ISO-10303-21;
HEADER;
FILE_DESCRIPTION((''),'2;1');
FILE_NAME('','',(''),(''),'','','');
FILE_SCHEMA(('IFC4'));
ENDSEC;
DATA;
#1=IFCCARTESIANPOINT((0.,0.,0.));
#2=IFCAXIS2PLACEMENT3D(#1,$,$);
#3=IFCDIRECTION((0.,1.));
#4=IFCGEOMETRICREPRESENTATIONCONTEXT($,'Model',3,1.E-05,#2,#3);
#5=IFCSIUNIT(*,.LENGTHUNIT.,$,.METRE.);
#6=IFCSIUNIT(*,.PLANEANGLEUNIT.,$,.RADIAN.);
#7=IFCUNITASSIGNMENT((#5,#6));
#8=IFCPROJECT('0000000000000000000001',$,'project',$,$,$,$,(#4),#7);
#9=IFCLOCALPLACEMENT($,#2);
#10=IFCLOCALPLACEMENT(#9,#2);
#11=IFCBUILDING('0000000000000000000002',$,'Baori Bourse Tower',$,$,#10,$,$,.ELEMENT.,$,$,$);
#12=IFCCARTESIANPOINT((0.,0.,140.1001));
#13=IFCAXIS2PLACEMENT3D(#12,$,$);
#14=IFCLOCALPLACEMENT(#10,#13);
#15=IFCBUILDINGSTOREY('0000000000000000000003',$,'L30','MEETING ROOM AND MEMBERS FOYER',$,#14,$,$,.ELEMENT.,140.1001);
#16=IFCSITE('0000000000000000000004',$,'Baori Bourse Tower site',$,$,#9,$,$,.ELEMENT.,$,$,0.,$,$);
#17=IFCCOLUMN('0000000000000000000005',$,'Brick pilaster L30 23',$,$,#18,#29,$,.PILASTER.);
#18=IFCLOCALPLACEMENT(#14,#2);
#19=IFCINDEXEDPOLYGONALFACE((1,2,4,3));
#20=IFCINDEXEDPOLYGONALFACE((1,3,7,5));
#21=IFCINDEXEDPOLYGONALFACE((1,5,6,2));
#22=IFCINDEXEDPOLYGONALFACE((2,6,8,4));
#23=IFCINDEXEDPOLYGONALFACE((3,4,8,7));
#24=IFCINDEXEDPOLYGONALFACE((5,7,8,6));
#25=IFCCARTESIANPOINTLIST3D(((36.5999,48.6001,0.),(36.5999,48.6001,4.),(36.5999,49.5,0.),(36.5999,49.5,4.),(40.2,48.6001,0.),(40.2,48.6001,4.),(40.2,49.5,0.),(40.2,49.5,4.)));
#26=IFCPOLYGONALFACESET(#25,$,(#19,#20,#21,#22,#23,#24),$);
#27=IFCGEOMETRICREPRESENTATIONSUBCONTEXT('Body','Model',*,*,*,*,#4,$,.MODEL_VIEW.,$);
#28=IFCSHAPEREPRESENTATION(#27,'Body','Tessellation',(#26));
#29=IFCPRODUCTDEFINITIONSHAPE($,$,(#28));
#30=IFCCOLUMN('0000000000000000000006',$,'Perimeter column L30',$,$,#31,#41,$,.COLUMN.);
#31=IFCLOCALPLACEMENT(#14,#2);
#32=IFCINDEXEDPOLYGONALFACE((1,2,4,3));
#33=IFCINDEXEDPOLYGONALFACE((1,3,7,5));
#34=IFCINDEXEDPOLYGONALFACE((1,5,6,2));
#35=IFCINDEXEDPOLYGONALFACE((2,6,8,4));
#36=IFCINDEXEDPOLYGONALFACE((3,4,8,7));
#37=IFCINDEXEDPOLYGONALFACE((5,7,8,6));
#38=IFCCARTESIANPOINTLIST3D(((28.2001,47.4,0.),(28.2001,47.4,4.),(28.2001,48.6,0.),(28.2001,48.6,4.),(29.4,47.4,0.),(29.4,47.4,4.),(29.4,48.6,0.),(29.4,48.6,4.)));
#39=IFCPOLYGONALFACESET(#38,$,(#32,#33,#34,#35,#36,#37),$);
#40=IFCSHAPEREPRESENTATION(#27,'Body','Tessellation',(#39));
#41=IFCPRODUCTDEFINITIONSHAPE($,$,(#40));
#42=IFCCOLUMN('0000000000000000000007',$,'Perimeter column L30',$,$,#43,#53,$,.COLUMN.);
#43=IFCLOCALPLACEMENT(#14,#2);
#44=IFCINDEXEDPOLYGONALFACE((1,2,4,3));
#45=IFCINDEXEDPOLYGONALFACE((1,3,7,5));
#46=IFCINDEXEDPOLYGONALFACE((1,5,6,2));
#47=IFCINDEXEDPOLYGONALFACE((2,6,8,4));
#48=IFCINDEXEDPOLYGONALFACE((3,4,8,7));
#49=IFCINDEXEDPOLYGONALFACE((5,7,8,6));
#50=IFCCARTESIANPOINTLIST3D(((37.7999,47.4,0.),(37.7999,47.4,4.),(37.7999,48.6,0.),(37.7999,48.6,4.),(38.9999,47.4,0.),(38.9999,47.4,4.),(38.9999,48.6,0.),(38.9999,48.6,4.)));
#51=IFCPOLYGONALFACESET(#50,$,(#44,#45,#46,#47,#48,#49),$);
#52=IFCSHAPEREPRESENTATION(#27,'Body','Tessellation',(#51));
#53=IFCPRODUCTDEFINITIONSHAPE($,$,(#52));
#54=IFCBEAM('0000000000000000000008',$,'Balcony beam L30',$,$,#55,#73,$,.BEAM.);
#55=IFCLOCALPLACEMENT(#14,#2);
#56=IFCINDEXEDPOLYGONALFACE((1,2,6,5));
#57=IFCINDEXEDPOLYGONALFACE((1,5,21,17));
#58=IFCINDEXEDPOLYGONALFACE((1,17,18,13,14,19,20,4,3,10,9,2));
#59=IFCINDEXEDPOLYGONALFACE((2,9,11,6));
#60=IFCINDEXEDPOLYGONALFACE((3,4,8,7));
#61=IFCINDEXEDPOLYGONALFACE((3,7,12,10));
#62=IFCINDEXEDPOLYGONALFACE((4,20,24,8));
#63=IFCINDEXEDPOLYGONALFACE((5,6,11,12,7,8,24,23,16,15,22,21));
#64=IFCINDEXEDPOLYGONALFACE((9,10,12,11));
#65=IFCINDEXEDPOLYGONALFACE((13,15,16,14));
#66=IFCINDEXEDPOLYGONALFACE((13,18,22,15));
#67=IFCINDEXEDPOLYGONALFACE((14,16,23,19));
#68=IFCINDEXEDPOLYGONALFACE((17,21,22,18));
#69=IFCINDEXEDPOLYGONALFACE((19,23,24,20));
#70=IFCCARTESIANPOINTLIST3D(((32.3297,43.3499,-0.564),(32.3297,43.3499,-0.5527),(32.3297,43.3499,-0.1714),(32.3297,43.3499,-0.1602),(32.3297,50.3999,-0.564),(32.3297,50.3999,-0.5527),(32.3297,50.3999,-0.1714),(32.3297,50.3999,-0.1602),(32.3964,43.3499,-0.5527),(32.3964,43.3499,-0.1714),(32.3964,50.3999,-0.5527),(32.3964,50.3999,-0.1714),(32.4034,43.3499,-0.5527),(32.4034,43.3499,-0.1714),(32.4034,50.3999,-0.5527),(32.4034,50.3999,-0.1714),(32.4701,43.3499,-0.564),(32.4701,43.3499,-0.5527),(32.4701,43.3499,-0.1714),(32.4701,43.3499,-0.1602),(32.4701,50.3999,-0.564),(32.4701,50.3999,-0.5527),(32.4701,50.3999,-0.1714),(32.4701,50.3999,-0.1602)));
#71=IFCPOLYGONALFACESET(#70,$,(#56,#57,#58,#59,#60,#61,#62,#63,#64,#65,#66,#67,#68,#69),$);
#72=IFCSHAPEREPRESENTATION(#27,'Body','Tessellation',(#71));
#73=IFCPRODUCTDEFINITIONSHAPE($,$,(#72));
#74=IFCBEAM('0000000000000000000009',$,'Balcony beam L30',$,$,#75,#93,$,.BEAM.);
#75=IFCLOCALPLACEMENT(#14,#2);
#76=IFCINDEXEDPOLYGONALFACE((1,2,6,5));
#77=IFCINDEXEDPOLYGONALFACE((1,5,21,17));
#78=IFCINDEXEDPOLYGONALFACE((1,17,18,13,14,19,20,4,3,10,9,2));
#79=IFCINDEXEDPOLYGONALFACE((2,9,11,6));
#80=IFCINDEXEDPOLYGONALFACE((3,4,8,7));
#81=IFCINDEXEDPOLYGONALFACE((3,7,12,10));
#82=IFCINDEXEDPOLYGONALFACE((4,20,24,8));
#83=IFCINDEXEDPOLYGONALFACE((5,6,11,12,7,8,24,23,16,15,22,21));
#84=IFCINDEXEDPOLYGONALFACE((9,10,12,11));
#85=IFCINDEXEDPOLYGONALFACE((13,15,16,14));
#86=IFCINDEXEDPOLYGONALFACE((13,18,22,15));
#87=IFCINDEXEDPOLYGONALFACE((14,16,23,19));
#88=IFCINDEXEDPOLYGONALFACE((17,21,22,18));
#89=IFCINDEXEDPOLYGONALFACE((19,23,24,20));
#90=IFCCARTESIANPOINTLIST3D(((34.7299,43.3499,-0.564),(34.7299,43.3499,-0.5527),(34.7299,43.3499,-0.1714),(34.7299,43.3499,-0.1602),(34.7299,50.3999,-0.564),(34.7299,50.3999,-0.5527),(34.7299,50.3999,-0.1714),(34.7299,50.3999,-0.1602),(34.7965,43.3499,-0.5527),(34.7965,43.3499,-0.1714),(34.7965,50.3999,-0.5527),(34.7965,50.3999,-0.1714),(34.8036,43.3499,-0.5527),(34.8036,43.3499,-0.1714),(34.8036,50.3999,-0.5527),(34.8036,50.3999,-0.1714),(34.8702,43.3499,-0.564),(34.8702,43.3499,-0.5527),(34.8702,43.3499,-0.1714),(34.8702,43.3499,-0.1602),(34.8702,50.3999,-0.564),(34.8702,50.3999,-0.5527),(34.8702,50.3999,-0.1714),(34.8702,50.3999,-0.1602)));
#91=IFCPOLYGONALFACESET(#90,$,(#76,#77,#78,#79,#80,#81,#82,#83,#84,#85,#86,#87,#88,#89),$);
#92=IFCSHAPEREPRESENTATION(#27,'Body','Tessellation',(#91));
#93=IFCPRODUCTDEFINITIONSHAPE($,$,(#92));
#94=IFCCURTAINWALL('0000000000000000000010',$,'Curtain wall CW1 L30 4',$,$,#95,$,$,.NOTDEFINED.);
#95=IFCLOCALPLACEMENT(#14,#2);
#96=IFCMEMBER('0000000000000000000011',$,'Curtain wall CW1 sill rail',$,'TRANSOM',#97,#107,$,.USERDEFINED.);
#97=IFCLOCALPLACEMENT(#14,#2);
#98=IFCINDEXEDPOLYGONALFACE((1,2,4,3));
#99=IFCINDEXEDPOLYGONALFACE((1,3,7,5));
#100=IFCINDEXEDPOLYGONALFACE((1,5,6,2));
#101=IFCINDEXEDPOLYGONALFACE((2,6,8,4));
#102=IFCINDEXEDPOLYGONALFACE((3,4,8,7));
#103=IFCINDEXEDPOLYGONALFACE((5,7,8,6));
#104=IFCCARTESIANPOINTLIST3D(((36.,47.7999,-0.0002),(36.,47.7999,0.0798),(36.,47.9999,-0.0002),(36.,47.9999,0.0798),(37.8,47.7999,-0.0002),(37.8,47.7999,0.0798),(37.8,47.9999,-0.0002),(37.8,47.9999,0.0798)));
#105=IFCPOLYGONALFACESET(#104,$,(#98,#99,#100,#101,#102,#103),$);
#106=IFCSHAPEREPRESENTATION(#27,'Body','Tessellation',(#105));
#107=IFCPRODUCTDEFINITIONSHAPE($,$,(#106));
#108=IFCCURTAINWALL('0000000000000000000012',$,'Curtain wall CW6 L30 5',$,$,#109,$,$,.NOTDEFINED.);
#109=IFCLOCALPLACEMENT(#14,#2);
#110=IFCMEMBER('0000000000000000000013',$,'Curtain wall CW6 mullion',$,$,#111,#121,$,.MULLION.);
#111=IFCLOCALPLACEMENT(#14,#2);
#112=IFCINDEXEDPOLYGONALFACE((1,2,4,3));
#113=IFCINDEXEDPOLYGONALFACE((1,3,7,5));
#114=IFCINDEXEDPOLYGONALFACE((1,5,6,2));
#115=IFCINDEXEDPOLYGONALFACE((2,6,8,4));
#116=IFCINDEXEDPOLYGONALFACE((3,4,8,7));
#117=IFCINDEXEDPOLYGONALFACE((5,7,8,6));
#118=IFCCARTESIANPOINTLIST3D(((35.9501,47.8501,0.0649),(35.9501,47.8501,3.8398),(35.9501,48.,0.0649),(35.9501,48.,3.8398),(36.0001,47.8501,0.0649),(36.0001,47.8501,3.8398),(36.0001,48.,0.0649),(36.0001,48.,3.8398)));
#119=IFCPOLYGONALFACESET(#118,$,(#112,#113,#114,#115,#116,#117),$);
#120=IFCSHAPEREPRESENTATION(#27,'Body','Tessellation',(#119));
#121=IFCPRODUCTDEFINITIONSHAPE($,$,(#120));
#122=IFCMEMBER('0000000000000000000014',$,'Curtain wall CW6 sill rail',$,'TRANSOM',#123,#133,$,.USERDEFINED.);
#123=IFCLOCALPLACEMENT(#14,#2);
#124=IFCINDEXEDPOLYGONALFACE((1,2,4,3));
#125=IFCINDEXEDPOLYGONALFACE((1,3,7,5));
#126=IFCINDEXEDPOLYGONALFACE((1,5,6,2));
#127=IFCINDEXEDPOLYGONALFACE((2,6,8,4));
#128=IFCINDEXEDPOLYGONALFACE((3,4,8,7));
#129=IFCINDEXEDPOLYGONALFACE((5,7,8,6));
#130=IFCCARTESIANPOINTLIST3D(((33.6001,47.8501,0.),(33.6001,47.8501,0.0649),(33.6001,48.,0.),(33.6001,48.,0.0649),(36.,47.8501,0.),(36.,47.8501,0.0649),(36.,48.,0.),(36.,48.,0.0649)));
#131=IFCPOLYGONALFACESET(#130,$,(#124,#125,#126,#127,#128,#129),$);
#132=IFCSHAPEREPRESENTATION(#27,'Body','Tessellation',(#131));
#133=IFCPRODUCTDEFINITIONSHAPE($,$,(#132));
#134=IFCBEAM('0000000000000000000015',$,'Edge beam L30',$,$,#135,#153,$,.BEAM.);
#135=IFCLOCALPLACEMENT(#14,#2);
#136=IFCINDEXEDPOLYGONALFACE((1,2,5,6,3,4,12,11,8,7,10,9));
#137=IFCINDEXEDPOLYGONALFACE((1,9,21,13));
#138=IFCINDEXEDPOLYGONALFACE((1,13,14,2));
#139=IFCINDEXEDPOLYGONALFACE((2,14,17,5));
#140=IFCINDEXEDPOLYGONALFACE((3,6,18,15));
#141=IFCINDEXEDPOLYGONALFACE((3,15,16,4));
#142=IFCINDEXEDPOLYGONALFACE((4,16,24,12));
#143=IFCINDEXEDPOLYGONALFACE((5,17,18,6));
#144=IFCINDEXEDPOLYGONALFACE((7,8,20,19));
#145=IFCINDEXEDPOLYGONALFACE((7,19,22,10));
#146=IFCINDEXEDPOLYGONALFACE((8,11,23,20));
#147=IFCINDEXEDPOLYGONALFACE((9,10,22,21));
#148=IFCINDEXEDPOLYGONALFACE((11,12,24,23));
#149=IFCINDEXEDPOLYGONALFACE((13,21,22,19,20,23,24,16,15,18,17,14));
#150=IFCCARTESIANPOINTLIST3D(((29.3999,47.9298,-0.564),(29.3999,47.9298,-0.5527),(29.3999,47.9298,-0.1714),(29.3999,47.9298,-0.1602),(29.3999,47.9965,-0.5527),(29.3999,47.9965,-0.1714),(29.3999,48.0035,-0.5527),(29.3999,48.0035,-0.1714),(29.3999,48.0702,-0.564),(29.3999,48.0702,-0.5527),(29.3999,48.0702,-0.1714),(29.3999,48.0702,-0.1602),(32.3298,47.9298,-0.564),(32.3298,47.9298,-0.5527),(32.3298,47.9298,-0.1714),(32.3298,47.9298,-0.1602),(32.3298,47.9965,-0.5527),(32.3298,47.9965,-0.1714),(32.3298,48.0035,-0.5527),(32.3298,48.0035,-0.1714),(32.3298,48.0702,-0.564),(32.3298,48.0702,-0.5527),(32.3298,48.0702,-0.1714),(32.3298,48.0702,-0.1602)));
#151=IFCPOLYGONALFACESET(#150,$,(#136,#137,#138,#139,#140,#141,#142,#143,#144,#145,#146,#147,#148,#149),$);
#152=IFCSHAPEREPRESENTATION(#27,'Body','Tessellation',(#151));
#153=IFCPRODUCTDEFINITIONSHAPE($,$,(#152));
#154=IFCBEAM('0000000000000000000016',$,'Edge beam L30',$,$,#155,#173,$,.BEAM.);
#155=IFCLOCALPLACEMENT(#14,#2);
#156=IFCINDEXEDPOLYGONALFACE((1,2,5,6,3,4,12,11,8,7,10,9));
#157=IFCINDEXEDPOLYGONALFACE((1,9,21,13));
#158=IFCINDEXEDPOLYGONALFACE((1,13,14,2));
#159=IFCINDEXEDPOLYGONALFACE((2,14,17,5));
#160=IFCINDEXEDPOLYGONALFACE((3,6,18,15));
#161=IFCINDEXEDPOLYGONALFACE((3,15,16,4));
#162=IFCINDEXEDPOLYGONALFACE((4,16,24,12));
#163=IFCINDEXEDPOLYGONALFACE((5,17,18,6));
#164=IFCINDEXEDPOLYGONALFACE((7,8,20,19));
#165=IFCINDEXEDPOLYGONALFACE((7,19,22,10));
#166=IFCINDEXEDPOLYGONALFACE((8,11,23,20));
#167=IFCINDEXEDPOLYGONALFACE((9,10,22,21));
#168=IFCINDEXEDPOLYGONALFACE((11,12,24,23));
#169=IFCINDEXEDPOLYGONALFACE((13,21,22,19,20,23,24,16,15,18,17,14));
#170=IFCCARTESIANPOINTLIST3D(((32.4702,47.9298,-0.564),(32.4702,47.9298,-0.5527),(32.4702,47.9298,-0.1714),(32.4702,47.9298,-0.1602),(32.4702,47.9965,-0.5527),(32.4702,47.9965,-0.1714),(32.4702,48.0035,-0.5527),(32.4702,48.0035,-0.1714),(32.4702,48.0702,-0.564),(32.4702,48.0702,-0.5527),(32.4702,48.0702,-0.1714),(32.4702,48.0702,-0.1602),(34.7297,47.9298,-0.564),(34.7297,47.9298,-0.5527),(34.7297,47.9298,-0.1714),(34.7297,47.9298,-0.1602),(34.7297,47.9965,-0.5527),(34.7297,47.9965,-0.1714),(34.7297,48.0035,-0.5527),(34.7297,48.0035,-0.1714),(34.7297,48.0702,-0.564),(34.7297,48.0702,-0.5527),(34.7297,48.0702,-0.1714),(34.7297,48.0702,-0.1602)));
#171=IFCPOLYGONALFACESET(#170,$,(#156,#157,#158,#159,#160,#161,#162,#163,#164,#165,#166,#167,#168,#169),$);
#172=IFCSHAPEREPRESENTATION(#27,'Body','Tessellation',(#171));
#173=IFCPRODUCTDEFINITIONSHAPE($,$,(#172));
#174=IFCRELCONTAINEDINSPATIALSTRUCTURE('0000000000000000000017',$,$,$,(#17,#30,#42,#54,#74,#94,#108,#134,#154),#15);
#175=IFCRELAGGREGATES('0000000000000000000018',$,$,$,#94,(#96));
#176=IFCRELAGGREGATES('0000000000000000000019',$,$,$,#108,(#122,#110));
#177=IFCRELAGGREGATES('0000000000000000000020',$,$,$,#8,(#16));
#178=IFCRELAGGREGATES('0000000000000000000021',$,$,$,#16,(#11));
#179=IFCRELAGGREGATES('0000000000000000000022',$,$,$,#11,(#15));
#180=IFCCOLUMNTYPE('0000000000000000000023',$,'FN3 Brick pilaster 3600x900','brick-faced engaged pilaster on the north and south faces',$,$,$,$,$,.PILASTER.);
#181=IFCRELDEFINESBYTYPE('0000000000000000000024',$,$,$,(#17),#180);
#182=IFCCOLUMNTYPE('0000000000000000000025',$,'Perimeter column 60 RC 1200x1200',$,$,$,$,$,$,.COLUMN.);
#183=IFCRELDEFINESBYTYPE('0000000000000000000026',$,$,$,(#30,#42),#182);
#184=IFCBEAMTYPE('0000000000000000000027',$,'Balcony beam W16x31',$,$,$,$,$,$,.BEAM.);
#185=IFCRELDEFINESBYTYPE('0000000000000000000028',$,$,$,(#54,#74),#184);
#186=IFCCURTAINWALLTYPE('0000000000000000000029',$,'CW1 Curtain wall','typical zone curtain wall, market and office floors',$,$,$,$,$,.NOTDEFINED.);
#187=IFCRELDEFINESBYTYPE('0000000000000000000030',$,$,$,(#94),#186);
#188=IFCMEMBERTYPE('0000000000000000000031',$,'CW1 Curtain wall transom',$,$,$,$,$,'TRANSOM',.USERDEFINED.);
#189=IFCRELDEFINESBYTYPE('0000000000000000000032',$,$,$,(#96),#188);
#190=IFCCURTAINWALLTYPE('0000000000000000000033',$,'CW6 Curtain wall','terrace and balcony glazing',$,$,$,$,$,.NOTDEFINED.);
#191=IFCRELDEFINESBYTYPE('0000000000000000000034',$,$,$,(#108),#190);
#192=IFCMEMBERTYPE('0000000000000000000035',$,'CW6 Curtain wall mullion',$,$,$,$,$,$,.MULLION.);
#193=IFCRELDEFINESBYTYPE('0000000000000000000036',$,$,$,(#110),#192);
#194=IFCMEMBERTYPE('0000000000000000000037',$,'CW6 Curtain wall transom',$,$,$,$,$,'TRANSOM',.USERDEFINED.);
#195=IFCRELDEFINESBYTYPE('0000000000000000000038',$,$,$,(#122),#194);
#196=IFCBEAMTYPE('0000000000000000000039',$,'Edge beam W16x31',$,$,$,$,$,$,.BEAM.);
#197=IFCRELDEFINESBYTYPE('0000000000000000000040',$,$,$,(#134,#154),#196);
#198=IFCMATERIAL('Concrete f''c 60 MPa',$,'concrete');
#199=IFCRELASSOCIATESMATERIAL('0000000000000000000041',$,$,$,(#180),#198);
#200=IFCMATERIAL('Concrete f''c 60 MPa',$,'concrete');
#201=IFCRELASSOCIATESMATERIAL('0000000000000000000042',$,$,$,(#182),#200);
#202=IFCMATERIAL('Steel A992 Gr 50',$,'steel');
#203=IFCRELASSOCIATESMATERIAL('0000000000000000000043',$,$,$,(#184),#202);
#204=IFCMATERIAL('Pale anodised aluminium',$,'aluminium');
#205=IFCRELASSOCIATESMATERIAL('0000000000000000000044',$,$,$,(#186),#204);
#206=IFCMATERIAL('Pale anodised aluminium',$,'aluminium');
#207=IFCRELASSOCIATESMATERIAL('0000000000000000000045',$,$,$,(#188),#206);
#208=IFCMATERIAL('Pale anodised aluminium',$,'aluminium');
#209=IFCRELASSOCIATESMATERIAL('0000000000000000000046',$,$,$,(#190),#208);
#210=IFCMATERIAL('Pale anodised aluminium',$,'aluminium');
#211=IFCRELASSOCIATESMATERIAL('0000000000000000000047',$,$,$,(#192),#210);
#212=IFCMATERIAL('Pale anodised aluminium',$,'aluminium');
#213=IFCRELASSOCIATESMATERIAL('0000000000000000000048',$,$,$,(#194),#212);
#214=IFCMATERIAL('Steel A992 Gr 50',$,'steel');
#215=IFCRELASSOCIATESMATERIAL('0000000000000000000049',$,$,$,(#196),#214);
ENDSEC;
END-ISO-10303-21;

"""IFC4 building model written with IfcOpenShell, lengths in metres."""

from ifc_helpers import new_model, si_unit, direction, frame, origin, origin_2d, place, context, subcontext, project, spatial, rectangle, i_section, extrude, material, material_profile, profile_set, type_object, element, aggregate, save


model = new_model("IFC4")

# Units and contexts
model_context = context("Model", 3, precision=1e-05, world=origin(), true_north=direction((0.0, 1.0)))
body_context = subcontext(model_context, "Body", "Model", "MODEL_VIEW")
ifc_project = project(units=[si_unit("LENGTHUNIT", "METRE"), si_unit("PLANEANGLEUNIT", "RADIAN")], contexts=[model_context])

# Site, building, storey
site_placement = place(None, origin())
site = spatial("IfcSite", under=ifc_project, at=site_placement, Name="Baori Bourse Tower site", CompositionType="ELEMENT", RefElevation=0.0)
building_placement = place(site_placement, origin())
building = spatial("IfcBuilding", under=site, at=building_placement, Name="Baori Bourse Tower", CompositionType="ELEMENT")
storey_placement = place(building_placement, frame((0.0, 0.0, 140.1001)))
storey = spatial("IfcBuildingStorey", under=building, at=storey_placement, Name="L30", Description="MEETING ROOM AND MEMBERS FOYER", CompositionType="ELEMENT", Elevation=140.1001)

# Columns
ifc_material_1 = material(Name="Concrete f'c 60 MPa", Category="concrete")
ifc_material_profile_1 = material_profile(ifc_material_1, rectangle(XDim=3.6001, YDim=0.8999, at=origin_2d()), Name="RC 3600x900")
ifc_profile_set_1 = profile_set([ifc_material_profile_1], Name="Concrete f'c 60 MPa")
column_type_1 = type_object("IfcColumnType", Name="FN3 Brick pilaster 3600x900", Description="brick-faced engaged pilaster on the north and south faces", PredefinedType="PILASTER", material=ifc_profile_set_1)
column_placement = place(storey_placement, frame((38.3999, 49.05, 0.0), z_axis=(0.0, 0.0, 1.0), x_axis=(1.0, 0.0, 0.0)))
element("IfcColumn", 1, at=column_placement, inside=storey, type_object=column_type_1, Name="Brick pilaster L30 23", PredefinedType="PILASTER", context=body_context, shape_type="SweptSolid", body=[
    extrude(rectangle(XDim=3.6001, YDim=0.8999, at=origin_2d()), origin(), (0.0, 0.0, 1.0), 4.0),
])
ifc_material_2 = material(Name="Concrete f'c 60 MPa", Category="concrete")
ifc_material_profile_2 = material_profile(ifc_material_2, rectangle(XDim=1.2, YDim=1.2, at=origin_2d()), Name="RC 1200x1200")
ifc_profile_set_2 = profile_set([ifc_material_profile_2], Name="Concrete f'c 60 MPa")
column_type_2 = type_object("IfcColumnType", Name="Perimeter column 60 RC 1200x1200", PredefinedType="COLUMN", material=ifc_profile_set_2)
for number, where, z_axis, x_axis, name in (
    (2, (28.8, 48.0, 0.0), (0.0, 0.0, 1.0), (1.0, 0.0, 0.0), "Perimeter column L30"),
    (3, (38.3999, 48.0, 0.0), (0.0, 0.0, 1.0), (1.0, 0.0, 0.0), "Perimeter column L30"),
):
    element("IfcColumn", number, at=place(storey_placement, frame(where, z_axis=z_axis, x_axis=x_axis)), inside=storey, type_object=column_type_2, Name=name, PredefinedType="COLUMN", context=body_context, shape_type="SweptSolid", body=[
        extrude(rectangle(XDim=1.2, YDim=1.2, at=origin_2d()), origin(), (0.0, 0.0, 1.0), 4.0),
    ])

# Beams
ifc_material_3 = material(Name="Steel A992 Gr 50", Category="steel")
ifc_material_profile_3 = material_profile(ifc_material_3, i_section(OverallWidth=0.1404, OverallDepth=0.4038, WebThickness=0.0071, FlangeThickness=0.0112, at=origin_2d()), Name="W16x31")
ifc_profile_set_3 = profile_set([ifc_material_profile_3], Name="Steel A992 Gr 50")
beam_type_1 = type_object("IfcBeamType", Name="Balcony beam W16x31", PredefinedType="BEAM", material=ifc_profile_set_3)
for number, where, z_axis, x_axis, name in (
    (4, (32.3999, 50.3999, -0.3621), (0.0, -1.0, 0.0), (1.0, 0.0, 0.0), "Balcony beam L30"),
    (5, (34.8, 50.3999, -0.3621), (0.0, -1.0, 0.0), (1.0, 0.0, 0.0), "Balcony beam L30"),
):
    element("IfcBeam", number, at=place(storey_placement, frame(where, z_axis=z_axis, x_axis=x_axis)), inside=storey, type_object=beam_type_1, Name=name, PredefinedType="BEAM", context=body_context, shape_type="SweptSolid", body=[
        extrude(i_section(OverallWidth=0.1404, OverallDepth=0.4038, WebThickness=0.0071, FlangeThickness=0.0112, at=origin_2d()), origin(), (0.0, 0.0, 1.0), 7.05),
    ])

# Curtain wall, member
ifc_material_4 = material(Name="Pale anodised aluminium", Category="aluminium")
curtain_wall_type_1 = type_object("IfcCurtainWallType", Name="CW1 Curtain wall", Description="typical zone curtain wall, market and office floors", PredefinedType="NOTDEFINED", material=ifc_material_4)
curtain_wall_1_placement = place(storey_placement, origin())
curtain_wall_1 = element("IfcCurtainWall", 6, at=curtain_wall_1_placement, inside=storey, type_object=curtain_wall_type_1, Name="Curtain wall CW1 L30 4", PredefinedType="NOTDEFINED")
ifc_material_5 = material(Name="Pale anodised aluminium", Category="aluminium")
ifc_material_profile_4 = material_profile(ifc_material_5, rectangle(XDim=0.2, YDim=0.0801, at=origin_2d()), Name="Transom 80x200")
ifc_profile_set_4 = profile_set([ifc_material_profile_4], Name="Pale anodised aluminium")
member_type_1 = type_object("IfcMemberType", Name="CW1 Curtain wall transom", ElementType="TRANSOM", PredefinedType="USERDEFINED", material=ifc_profile_set_4)
member_1_placement = place(storey_placement, frame((37.8, 47.8999, 0.0398), z_axis=(-1.0, 0.0, 0.0), x_axis=(0.0, -1.0, 0.0)))
member_1 = element("IfcMember", 7, at=member_1_placement, type_object=member_type_1, Name="Curtain wall CW1 sill rail", ObjectType="TRANSOM", PredefinedType="USERDEFINED", context=body_context, shape_type="SweptSolid", body=[
    extrude(rectangle(XDim=0.2, YDim=0.0801, at=origin_2d()), origin(), (0.0, 0.0, 1.0), 1.8),
])

# Curtain wall, members
ifc_material_6 = material(Name="Pale anodised aluminium", Category="aluminium")
curtain_wall_type_2 = type_object("IfcCurtainWallType", Name="CW6 Curtain wall", Description="terrace and balcony glazing", PredefinedType="NOTDEFINED", material=ifc_material_6)
curtain_wall_2_placement = place(storey_placement, origin())
curtain_wall_2 = element("IfcCurtainWall", 8, at=curtain_wall_2_placement, inside=storey, type_object=curtain_wall_type_2, Name="Curtain wall CW6 L30 5", PredefinedType="NOTDEFINED")
ifc_material_7 = material(Name="Pale anodised aluminium", Category="aluminium")
ifc_material_profile_5 = material_profile(ifc_material_7, rectangle(XDim=0.1499, YDim=0.05, at=origin_2d()), Name="Mullion 50x150")
ifc_profile_set_5 = profile_set([ifc_material_profile_5], Name="Pale anodised aluminium")
member_type_2 = type_object("IfcMemberType", Name="CW6 Curtain wall mullion", PredefinedType="MULLION", material=ifc_profile_set_5)
member_2_placement = place(storey_placement, frame((35.9751, 47.925, 0.0649), z_axis=(0.0, 0.0, 1.0), x_axis=(0.0, -1.0, 0.0)))
member_2 = element("IfcMember", 9, at=member_2_placement, type_object=member_type_2, Name="Curtain wall CW6 mullion", PredefinedType="MULLION", context=body_context, shape_type="SweptSolid", body=[
    extrude(rectangle(XDim=0.1499, YDim=0.05, at=origin_2d()), origin(), (0.0, 0.0, 1.0), 3.7749),
])
ifc_material_8 = material(Name="Pale anodised aluminium", Category="aluminium")
ifc_material_profile_6 = material_profile(ifc_material_8, rectangle(XDim=0.1499, YDim=0.0649, at=origin_2d()), Name="Transom 65x150")
ifc_profile_set_6 = profile_set([ifc_material_profile_6], Name="Pale anodised aluminium")
member_type_3 = type_object("IfcMemberType", Name="CW6 Curtain wall transom", ElementType="TRANSOM", PredefinedType="USERDEFINED", material=ifc_profile_set_6)
member_3_placement = place(storey_placement, frame((36.0, 47.925, 0.0325), z_axis=(-1.0, 0.0, 0.0), x_axis=(0.0, -1.0, 0.0)))
member_3 = element("IfcMember", 10, at=member_3_placement, type_object=member_type_3, Name="Curtain wall CW6 sill rail", ObjectType="TRANSOM", PredefinedType="USERDEFINED", context=body_context, shape_type="SweptSolid", body=[
    extrude(rectangle(XDim=0.1499, YDim=0.0649, at=origin_2d()), origin(), (0.0, 0.0, 1.0), 2.3999),
])

# Beams
ifc_material_9 = material(Name="Steel A992 Gr 50", Category="steel")
ifc_material_profile_7 = material_profile(ifc_material_9, i_section(OverallWidth=0.1404, OverallDepth=0.4038, WebThickness=0.0071, FlangeThickness=0.0112, at=origin_2d()), Name="W16x31")
ifc_profile_set_7 = profile_set([ifc_material_profile_7], Name="Steel A992 Gr 50")
beam_type_2 = type_object("IfcBeamType", Name="Edge beam W16x31", PredefinedType="BEAM", material=ifc_profile_set_7)
beam_1_placement = place(storey_placement, frame((29.3999, 48.0, -0.3621), z_axis=(1.0, 0.0, 0.0), x_axis=(0.0, 1.0, 0.0)))
element("IfcBeam", 11, at=beam_1_placement, inside=storey, type_object=beam_type_2, Name="Edge beam L30", PredefinedType="BEAM", context=body_context, shape_type="SweptSolid", body=[
    extrude(i_section(OverallWidth=0.1404, OverallDepth=0.4038, WebThickness=0.0071, FlangeThickness=0.0112, at=origin_2d()), origin(), (0.0, 0.0, 1.0), 2.9299),
])
beam_2_placement = place(storey_placement, frame((32.4702, 48.0, -0.3621), z_axis=(1.0, 0.0, 0.0), x_axis=(0.0, 1.0, 0.0)))
element("IfcBeam", 12, at=beam_2_placement, inside=storey, type_object=beam_type_2, Name="Edge beam L30", PredefinedType="BEAM", context=body_context, shape_type="SweptSolid", body=[
    extrude(i_section(OverallWidth=0.1404, OverallDepth=0.4038, WebThickness=0.0071, FlangeThickness=0.0112, at=origin_2d()), origin(), (0.0, 0.0, 1.0), 2.2595),
])

aggregate(curtain_wall_1, [member_1])
aggregate(curtain_wall_2, [member_3, member_2])

save(model, "model.ifc")
